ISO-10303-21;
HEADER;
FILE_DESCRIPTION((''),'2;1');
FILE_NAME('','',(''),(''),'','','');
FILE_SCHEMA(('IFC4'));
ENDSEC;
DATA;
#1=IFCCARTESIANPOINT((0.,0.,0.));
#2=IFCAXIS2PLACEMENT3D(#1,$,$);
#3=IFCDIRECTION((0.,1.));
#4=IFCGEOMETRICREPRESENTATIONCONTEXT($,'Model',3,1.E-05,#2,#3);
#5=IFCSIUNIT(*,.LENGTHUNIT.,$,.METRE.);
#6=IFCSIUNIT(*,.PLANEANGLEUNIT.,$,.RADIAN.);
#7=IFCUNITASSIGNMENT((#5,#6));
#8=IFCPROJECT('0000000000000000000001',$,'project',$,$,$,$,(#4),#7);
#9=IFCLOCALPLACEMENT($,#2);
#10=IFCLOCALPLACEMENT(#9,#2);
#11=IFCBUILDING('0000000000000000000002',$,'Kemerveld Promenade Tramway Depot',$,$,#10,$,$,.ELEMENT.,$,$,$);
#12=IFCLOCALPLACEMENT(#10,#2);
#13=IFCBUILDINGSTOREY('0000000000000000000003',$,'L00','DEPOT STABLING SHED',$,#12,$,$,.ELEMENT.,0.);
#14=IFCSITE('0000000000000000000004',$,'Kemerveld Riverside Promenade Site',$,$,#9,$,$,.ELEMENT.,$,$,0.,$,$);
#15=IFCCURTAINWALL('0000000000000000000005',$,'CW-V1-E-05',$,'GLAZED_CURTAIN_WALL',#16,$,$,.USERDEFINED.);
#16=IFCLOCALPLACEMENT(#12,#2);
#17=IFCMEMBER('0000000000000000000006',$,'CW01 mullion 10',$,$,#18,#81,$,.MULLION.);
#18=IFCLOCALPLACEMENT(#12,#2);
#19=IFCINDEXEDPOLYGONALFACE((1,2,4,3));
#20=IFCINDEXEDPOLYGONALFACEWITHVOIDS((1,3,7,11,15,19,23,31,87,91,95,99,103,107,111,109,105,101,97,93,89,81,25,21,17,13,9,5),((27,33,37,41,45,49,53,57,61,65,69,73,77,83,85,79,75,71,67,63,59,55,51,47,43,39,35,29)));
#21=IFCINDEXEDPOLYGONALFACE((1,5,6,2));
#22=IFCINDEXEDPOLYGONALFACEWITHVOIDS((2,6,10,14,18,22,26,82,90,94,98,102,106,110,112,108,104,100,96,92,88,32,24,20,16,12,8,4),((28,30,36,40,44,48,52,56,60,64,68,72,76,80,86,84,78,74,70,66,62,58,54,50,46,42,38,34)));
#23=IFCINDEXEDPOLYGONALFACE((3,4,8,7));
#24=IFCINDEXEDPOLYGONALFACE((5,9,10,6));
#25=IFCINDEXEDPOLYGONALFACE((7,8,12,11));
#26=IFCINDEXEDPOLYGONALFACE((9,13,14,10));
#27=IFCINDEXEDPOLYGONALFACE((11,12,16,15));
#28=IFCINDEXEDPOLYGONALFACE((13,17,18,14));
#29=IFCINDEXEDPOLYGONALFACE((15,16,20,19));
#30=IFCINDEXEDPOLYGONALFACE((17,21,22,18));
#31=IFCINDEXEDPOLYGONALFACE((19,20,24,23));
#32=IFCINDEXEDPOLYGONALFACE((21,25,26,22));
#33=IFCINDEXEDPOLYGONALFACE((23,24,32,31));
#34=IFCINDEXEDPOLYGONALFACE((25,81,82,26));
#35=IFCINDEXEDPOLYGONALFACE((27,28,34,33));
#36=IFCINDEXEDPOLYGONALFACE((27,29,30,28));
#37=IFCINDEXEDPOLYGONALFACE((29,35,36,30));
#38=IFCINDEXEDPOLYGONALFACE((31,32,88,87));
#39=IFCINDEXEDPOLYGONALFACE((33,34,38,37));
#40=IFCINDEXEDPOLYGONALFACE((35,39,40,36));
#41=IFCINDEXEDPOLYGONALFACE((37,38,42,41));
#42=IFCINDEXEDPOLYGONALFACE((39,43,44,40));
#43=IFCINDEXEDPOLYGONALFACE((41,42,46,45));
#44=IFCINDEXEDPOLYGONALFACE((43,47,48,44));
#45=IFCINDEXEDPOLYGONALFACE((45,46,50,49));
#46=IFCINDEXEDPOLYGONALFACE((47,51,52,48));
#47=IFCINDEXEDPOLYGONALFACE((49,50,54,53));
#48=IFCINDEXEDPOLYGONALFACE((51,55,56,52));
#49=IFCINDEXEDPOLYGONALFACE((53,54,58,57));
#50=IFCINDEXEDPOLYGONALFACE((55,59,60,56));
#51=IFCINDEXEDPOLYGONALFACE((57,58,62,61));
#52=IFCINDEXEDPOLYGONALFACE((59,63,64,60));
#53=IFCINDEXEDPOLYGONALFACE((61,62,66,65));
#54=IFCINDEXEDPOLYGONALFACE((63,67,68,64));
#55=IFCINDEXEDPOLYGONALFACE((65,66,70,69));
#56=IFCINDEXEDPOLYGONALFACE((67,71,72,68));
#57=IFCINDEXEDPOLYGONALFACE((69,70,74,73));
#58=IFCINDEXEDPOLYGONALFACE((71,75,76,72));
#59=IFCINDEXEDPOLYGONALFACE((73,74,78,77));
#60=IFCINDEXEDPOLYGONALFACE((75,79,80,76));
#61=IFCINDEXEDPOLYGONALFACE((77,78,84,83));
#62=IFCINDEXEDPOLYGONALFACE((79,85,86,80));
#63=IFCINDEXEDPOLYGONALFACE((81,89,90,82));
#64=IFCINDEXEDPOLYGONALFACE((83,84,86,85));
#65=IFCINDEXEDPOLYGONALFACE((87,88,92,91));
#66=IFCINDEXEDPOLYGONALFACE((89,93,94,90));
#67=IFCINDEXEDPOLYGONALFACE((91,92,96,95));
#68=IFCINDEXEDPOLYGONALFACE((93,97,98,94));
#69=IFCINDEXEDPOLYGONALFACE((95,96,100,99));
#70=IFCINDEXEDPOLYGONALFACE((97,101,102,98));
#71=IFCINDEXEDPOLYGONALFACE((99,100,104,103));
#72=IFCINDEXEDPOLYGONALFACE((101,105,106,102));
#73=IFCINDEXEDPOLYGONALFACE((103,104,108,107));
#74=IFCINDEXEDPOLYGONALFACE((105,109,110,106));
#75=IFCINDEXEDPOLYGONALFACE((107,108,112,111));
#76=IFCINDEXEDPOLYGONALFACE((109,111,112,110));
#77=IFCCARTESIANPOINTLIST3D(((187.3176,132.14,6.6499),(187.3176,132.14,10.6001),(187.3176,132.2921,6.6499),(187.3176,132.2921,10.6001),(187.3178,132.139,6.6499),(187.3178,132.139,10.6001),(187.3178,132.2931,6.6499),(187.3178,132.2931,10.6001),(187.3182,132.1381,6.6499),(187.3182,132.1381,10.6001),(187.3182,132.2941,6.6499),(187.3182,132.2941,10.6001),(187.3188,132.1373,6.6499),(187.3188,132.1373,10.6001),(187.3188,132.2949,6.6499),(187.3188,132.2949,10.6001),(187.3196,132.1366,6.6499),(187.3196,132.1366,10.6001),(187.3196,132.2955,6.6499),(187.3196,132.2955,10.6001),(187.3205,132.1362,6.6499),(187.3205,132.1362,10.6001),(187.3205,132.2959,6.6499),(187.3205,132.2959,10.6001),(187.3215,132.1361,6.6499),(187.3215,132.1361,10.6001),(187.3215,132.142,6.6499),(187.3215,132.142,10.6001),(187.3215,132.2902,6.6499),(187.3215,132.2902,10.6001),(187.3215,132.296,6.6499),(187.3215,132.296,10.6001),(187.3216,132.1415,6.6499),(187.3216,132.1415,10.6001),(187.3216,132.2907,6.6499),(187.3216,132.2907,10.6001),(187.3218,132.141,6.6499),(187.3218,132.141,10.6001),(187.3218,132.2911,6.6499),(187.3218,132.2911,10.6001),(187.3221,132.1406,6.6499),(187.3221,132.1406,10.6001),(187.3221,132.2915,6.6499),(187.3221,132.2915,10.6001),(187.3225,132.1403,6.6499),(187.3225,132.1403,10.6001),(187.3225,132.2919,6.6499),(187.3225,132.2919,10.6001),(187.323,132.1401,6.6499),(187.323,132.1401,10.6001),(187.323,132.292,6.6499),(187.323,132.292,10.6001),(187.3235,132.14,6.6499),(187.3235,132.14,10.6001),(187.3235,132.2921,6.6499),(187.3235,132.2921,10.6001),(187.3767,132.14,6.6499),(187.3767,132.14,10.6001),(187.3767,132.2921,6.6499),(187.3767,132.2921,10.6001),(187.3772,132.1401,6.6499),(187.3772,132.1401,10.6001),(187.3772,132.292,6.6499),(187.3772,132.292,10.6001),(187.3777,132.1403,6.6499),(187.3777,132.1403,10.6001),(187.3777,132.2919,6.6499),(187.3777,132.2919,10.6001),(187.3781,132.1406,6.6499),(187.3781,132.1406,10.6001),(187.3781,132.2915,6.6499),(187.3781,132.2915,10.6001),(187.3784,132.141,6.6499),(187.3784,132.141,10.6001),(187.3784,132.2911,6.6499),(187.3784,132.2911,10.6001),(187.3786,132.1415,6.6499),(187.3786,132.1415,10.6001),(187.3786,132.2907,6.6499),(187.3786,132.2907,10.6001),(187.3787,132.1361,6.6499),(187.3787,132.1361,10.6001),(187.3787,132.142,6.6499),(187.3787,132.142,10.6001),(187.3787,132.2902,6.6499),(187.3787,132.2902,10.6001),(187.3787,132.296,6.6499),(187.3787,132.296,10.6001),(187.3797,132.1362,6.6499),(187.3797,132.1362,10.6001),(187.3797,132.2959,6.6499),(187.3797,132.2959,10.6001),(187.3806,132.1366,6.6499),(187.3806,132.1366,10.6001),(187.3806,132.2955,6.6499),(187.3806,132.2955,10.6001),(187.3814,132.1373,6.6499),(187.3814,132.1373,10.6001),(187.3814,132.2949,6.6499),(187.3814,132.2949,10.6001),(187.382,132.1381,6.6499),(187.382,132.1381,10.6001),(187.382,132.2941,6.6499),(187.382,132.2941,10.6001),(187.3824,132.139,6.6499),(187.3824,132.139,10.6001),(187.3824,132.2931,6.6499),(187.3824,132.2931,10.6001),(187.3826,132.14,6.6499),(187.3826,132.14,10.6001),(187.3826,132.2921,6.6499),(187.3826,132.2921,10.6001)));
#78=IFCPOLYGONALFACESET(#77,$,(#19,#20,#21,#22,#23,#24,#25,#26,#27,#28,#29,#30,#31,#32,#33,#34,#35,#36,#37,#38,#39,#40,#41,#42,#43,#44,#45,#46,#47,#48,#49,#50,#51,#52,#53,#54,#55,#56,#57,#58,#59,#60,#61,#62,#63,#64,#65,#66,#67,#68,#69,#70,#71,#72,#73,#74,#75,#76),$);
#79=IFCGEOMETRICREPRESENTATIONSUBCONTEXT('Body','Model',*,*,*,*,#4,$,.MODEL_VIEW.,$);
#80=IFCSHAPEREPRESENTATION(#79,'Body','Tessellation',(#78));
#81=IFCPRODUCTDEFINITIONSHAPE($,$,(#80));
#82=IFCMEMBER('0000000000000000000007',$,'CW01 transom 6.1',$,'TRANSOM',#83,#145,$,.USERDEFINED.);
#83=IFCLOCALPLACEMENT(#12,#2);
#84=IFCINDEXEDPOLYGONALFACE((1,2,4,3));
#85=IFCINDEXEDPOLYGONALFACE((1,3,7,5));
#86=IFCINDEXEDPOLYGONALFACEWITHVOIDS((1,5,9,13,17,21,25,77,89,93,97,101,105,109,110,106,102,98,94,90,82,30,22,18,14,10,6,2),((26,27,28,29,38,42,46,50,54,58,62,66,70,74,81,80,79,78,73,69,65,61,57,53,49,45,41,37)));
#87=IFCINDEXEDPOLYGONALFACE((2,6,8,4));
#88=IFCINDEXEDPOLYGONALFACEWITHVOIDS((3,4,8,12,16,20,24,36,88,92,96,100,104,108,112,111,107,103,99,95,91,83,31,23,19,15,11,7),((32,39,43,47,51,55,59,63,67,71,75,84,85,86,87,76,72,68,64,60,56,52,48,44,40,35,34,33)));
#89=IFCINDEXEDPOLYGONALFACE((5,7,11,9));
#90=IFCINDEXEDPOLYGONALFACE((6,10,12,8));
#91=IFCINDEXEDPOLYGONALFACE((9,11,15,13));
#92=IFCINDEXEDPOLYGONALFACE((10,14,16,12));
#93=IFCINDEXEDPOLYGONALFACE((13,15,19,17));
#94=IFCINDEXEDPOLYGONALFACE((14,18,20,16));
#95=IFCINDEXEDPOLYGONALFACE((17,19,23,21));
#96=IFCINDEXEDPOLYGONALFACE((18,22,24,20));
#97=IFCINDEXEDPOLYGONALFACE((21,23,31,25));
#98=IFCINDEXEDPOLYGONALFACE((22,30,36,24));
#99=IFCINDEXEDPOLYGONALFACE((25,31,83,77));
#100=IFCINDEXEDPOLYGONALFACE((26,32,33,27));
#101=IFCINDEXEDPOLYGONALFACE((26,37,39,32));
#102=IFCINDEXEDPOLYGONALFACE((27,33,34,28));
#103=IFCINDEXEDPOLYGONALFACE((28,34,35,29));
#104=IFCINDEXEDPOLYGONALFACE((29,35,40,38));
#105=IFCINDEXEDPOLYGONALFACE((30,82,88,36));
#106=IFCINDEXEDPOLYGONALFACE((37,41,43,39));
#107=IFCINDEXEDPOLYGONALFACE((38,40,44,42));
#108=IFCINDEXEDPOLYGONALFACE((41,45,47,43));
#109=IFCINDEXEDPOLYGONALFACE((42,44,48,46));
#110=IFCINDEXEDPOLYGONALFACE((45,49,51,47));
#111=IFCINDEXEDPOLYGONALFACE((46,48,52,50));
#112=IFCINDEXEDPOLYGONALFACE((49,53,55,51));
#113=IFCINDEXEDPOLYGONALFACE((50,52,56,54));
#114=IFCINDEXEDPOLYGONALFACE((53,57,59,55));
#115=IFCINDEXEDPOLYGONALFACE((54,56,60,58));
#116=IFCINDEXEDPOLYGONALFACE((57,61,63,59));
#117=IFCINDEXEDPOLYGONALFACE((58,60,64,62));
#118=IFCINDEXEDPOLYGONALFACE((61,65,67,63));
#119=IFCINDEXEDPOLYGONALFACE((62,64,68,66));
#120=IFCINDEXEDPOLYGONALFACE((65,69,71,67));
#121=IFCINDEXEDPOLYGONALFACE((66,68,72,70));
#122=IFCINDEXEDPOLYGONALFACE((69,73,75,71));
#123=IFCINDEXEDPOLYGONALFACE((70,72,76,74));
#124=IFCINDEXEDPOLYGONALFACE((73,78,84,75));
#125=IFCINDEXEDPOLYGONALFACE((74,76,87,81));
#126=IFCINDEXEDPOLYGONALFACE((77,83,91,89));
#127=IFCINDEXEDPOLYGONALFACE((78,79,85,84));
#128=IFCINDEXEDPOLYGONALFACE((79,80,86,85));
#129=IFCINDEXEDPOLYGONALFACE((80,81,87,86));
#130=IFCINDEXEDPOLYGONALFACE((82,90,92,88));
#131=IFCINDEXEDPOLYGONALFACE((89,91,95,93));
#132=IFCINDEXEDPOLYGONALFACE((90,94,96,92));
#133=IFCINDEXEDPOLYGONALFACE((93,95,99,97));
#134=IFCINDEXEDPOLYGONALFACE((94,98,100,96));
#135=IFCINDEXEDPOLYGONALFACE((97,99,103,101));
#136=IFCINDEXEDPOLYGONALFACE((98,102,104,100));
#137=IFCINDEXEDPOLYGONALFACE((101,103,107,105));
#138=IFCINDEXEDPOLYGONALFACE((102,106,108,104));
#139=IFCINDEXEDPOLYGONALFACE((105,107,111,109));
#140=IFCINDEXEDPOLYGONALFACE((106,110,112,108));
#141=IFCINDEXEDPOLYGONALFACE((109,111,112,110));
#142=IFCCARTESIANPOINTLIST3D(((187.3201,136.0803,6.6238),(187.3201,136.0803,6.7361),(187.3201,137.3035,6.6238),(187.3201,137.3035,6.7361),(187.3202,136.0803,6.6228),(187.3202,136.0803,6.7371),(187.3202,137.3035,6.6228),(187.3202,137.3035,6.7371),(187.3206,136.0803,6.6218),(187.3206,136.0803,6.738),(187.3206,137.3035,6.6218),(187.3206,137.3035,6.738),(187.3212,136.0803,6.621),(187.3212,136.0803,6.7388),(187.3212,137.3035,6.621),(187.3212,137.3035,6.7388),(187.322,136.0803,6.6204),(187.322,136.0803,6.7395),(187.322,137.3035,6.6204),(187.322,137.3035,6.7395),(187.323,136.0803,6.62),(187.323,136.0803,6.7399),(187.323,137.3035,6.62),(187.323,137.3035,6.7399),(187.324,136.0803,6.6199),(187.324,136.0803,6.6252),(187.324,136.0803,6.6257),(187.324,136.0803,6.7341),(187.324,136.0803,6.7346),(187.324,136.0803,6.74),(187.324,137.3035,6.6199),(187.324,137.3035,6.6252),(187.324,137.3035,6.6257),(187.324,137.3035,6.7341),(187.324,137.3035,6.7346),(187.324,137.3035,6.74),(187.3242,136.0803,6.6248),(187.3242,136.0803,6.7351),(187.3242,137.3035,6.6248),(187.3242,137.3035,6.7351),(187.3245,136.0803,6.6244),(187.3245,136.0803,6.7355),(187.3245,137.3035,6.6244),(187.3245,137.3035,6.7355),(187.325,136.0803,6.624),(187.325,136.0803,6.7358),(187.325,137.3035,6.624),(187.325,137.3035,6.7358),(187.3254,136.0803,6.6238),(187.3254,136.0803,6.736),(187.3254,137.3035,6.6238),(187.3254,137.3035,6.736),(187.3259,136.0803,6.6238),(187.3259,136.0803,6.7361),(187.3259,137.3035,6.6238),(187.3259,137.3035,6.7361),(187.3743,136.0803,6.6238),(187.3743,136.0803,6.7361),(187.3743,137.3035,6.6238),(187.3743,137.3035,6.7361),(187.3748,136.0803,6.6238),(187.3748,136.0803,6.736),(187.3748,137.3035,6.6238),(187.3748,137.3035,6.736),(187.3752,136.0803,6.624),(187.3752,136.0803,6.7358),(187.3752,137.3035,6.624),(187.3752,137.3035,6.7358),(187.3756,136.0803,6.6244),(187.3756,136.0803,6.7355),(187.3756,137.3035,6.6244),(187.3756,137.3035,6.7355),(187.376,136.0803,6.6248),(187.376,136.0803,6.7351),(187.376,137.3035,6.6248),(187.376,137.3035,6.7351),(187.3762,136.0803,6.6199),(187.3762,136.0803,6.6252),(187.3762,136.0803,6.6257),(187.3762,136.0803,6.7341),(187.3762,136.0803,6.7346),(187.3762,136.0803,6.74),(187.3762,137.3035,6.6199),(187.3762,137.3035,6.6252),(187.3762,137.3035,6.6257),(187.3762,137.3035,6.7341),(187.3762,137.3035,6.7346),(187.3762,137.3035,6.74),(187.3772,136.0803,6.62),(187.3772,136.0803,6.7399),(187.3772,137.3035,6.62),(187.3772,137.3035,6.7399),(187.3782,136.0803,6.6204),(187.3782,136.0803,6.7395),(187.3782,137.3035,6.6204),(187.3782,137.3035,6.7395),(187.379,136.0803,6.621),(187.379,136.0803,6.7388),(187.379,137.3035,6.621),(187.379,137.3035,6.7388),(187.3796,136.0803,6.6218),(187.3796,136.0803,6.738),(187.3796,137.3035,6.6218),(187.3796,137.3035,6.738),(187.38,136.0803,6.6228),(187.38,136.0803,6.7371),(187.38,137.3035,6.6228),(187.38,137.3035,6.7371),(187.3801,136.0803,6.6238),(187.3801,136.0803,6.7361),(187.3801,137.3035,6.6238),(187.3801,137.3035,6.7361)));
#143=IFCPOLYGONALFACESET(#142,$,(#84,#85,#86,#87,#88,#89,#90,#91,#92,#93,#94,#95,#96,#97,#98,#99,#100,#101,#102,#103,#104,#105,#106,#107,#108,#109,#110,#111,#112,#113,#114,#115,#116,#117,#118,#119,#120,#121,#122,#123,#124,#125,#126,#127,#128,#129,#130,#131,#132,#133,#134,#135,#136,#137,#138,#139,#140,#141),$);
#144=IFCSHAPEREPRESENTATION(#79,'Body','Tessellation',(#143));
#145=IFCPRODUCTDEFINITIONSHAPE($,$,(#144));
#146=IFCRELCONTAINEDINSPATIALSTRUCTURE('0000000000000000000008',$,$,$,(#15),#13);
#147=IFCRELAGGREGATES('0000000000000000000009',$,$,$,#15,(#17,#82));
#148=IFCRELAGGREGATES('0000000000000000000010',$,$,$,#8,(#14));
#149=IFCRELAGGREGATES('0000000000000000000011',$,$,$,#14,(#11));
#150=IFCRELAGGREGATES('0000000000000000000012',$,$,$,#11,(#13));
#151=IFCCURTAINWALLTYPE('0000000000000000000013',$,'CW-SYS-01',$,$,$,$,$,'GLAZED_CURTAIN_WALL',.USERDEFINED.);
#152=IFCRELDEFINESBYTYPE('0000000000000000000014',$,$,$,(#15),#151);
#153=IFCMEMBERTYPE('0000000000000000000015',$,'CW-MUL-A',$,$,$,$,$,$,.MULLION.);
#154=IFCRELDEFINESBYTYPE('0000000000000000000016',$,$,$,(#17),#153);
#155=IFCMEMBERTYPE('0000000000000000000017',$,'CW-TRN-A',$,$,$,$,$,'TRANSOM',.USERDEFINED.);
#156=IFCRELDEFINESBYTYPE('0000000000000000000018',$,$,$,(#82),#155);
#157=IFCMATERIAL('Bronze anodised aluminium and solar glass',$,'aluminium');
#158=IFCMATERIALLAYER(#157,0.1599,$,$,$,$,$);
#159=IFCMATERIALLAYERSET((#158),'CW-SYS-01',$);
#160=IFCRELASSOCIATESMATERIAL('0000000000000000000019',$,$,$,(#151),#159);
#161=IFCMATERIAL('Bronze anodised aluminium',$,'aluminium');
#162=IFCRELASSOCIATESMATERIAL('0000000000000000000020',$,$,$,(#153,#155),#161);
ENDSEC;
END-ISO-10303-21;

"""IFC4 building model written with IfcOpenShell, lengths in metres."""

from ifc_helpers import new_model, si_unit, direction, frame, origin, origin_2d, place, context, subcontext, project, spatial, hollow_rectangle, extrude, material, layer, layer_set, material_profile, profile_set, type_object, element, aggregate, save


model = new_model("IFC4")

# Units and contexts
model_context = context("Model", 3, precision=1e-05, world=origin(), true_north=direction((0.0, 1.0)))
body_context = subcontext(model_context, "Body", "Model", "MODEL_VIEW")
ifc_project = project(units=[si_unit("LENGTHUNIT", "METRE"), si_unit("PLANEANGLEUNIT", "RADIAN")], contexts=[model_context])

# Site, building, storey
site_placement = place(None, origin())
site = spatial("IfcSite", under=ifc_project, at=site_placement, Name="Kemerveld Riverside Promenade Site", CompositionType="ELEMENT", RefElevation=0.0)
building_placement = place(site_placement, origin())
building = spatial("IfcBuilding", under=site, at=building_placement, Name="Kemerveld Promenade Tramway Depot", CompositionType="ELEMENT")
storey_placement = place(building_placement, origin())
storey = spatial("IfcBuildingStorey", under=building, at=storey_placement, Name="L00", Description="DEPOT STABLING SHED", CompositionType="ELEMENT", Elevation=0.0)

# Curtain wall, members
ifc_material_1 = material(Name="Bronze anodised aluminium and solar glass", Category="aluminium")
ifc_layer_1 = layer(ifc_material_1, 0.1599)
ifc_layer_set_1 = layer_set([ifc_layer_1], Name="CW-SYS-01")
curtain_wall_type = type_object("IfcCurtainWallType", Name="CW-SYS-01", ElementType="GLAZED_CURTAIN_WALL", PredefinedType="USERDEFINED", material=ifc_layer_set_1)
curtain_wall_placement = place(storey_placement, origin())
curtain_wall = element("IfcCurtainWall", 1, at=curtain_wall_placement, inside=storey, type_object=curtain_wall_type, Name="CW-V1-E-05", ObjectType="GLAZED_CURTAIN_WALL", PredefinedType="USERDEFINED")
ifc_material_2 = material(Name="Bronze anodised aluminium", Category="aluminium")
ifc_material_profile_1 = material_profile(ifc_material_2, hollow_rectangle(XDim=0.0649, YDim=0.1599, WallThickness=0.0039, InnerFilletRadius=0.002, OuterFilletRadius=0.0039, at=origin_2d()), Name="CW-MUL-160x65")
ifc_profile_set_1 = profile_set([ifc_material_profile_1], Name="Bronze anodised aluminium")
member_type_1 = type_object("IfcMemberType", Name="CW-MUL-A", PredefinedType="MULLION", material=ifc_profile_set_1)
member_1_placement = place(storey_placement, frame((187.3501, 132.2161, 6.6499), z_axis=(0.0, 0.0, 1.0), x_axis=(1.0, 0.0, 0.0)))
member_1 = element("IfcMember", 2, at=member_1_placement, type_object=member_type_1, Name="CW01 mullion 10", PredefinedType="MULLION", context=body_context, shape_type="SweptSolid", body=[
    extrude(hollow_rectangle(XDim=0.0649, YDim=0.1599, WallThickness=0.0039, InnerFilletRadius=0.002, OuterFilletRadius=0.0039, at=origin_2d()), origin(), (0.0, 0.0, 1.0), 3.9502),
])
ifc_material_profile_2 = material_profile(ifc_material_2, hollow_rectangle(XDim=0.0601, YDim=0.1201, WallThickness=0.0039, InnerFilletRadius=0.002, OuterFilletRadius=0.0039, at=origin_2d()), Name="CW-TRN-120x60")
ifc_profile_set_2 = profile_set([ifc_material_profile_2], Name="Bronze anodised aluminium")
member_type_2 = type_object("IfcMemberType", Name="CW-TRN-A", ElementType="TRANSOM", PredefinedType="USERDEFINED", material=ifc_profile_set_2)
member_2_placement = place(storey_placement, frame((187.3501, 137.3035, 6.6799), z_axis=(0.0, -1.0, 0.0), x_axis=(1.0, 0.0, 0.0)))
member_2 = element("IfcMember", 3, at=member_2_placement, type_object=member_type_2, Name="CW01 transom 6.1", ObjectType="TRANSOM", PredefinedType="USERDEFINED", context=body_context, shape_type="SweptSolid", body=[
    extrude(hollow_rectangle(XDim=0.0601, YDim=0.1201, WallThickness=0.0039, InnerFilletRadius=0.002, OuterFilletRadius=0.0039, at=origin_2d()), origin(), (0.0, 0.0, 1.0), 1.2231),
])
aggregate(curtain_wall, [member_1, member_2])

save(model, "model.ifc")
